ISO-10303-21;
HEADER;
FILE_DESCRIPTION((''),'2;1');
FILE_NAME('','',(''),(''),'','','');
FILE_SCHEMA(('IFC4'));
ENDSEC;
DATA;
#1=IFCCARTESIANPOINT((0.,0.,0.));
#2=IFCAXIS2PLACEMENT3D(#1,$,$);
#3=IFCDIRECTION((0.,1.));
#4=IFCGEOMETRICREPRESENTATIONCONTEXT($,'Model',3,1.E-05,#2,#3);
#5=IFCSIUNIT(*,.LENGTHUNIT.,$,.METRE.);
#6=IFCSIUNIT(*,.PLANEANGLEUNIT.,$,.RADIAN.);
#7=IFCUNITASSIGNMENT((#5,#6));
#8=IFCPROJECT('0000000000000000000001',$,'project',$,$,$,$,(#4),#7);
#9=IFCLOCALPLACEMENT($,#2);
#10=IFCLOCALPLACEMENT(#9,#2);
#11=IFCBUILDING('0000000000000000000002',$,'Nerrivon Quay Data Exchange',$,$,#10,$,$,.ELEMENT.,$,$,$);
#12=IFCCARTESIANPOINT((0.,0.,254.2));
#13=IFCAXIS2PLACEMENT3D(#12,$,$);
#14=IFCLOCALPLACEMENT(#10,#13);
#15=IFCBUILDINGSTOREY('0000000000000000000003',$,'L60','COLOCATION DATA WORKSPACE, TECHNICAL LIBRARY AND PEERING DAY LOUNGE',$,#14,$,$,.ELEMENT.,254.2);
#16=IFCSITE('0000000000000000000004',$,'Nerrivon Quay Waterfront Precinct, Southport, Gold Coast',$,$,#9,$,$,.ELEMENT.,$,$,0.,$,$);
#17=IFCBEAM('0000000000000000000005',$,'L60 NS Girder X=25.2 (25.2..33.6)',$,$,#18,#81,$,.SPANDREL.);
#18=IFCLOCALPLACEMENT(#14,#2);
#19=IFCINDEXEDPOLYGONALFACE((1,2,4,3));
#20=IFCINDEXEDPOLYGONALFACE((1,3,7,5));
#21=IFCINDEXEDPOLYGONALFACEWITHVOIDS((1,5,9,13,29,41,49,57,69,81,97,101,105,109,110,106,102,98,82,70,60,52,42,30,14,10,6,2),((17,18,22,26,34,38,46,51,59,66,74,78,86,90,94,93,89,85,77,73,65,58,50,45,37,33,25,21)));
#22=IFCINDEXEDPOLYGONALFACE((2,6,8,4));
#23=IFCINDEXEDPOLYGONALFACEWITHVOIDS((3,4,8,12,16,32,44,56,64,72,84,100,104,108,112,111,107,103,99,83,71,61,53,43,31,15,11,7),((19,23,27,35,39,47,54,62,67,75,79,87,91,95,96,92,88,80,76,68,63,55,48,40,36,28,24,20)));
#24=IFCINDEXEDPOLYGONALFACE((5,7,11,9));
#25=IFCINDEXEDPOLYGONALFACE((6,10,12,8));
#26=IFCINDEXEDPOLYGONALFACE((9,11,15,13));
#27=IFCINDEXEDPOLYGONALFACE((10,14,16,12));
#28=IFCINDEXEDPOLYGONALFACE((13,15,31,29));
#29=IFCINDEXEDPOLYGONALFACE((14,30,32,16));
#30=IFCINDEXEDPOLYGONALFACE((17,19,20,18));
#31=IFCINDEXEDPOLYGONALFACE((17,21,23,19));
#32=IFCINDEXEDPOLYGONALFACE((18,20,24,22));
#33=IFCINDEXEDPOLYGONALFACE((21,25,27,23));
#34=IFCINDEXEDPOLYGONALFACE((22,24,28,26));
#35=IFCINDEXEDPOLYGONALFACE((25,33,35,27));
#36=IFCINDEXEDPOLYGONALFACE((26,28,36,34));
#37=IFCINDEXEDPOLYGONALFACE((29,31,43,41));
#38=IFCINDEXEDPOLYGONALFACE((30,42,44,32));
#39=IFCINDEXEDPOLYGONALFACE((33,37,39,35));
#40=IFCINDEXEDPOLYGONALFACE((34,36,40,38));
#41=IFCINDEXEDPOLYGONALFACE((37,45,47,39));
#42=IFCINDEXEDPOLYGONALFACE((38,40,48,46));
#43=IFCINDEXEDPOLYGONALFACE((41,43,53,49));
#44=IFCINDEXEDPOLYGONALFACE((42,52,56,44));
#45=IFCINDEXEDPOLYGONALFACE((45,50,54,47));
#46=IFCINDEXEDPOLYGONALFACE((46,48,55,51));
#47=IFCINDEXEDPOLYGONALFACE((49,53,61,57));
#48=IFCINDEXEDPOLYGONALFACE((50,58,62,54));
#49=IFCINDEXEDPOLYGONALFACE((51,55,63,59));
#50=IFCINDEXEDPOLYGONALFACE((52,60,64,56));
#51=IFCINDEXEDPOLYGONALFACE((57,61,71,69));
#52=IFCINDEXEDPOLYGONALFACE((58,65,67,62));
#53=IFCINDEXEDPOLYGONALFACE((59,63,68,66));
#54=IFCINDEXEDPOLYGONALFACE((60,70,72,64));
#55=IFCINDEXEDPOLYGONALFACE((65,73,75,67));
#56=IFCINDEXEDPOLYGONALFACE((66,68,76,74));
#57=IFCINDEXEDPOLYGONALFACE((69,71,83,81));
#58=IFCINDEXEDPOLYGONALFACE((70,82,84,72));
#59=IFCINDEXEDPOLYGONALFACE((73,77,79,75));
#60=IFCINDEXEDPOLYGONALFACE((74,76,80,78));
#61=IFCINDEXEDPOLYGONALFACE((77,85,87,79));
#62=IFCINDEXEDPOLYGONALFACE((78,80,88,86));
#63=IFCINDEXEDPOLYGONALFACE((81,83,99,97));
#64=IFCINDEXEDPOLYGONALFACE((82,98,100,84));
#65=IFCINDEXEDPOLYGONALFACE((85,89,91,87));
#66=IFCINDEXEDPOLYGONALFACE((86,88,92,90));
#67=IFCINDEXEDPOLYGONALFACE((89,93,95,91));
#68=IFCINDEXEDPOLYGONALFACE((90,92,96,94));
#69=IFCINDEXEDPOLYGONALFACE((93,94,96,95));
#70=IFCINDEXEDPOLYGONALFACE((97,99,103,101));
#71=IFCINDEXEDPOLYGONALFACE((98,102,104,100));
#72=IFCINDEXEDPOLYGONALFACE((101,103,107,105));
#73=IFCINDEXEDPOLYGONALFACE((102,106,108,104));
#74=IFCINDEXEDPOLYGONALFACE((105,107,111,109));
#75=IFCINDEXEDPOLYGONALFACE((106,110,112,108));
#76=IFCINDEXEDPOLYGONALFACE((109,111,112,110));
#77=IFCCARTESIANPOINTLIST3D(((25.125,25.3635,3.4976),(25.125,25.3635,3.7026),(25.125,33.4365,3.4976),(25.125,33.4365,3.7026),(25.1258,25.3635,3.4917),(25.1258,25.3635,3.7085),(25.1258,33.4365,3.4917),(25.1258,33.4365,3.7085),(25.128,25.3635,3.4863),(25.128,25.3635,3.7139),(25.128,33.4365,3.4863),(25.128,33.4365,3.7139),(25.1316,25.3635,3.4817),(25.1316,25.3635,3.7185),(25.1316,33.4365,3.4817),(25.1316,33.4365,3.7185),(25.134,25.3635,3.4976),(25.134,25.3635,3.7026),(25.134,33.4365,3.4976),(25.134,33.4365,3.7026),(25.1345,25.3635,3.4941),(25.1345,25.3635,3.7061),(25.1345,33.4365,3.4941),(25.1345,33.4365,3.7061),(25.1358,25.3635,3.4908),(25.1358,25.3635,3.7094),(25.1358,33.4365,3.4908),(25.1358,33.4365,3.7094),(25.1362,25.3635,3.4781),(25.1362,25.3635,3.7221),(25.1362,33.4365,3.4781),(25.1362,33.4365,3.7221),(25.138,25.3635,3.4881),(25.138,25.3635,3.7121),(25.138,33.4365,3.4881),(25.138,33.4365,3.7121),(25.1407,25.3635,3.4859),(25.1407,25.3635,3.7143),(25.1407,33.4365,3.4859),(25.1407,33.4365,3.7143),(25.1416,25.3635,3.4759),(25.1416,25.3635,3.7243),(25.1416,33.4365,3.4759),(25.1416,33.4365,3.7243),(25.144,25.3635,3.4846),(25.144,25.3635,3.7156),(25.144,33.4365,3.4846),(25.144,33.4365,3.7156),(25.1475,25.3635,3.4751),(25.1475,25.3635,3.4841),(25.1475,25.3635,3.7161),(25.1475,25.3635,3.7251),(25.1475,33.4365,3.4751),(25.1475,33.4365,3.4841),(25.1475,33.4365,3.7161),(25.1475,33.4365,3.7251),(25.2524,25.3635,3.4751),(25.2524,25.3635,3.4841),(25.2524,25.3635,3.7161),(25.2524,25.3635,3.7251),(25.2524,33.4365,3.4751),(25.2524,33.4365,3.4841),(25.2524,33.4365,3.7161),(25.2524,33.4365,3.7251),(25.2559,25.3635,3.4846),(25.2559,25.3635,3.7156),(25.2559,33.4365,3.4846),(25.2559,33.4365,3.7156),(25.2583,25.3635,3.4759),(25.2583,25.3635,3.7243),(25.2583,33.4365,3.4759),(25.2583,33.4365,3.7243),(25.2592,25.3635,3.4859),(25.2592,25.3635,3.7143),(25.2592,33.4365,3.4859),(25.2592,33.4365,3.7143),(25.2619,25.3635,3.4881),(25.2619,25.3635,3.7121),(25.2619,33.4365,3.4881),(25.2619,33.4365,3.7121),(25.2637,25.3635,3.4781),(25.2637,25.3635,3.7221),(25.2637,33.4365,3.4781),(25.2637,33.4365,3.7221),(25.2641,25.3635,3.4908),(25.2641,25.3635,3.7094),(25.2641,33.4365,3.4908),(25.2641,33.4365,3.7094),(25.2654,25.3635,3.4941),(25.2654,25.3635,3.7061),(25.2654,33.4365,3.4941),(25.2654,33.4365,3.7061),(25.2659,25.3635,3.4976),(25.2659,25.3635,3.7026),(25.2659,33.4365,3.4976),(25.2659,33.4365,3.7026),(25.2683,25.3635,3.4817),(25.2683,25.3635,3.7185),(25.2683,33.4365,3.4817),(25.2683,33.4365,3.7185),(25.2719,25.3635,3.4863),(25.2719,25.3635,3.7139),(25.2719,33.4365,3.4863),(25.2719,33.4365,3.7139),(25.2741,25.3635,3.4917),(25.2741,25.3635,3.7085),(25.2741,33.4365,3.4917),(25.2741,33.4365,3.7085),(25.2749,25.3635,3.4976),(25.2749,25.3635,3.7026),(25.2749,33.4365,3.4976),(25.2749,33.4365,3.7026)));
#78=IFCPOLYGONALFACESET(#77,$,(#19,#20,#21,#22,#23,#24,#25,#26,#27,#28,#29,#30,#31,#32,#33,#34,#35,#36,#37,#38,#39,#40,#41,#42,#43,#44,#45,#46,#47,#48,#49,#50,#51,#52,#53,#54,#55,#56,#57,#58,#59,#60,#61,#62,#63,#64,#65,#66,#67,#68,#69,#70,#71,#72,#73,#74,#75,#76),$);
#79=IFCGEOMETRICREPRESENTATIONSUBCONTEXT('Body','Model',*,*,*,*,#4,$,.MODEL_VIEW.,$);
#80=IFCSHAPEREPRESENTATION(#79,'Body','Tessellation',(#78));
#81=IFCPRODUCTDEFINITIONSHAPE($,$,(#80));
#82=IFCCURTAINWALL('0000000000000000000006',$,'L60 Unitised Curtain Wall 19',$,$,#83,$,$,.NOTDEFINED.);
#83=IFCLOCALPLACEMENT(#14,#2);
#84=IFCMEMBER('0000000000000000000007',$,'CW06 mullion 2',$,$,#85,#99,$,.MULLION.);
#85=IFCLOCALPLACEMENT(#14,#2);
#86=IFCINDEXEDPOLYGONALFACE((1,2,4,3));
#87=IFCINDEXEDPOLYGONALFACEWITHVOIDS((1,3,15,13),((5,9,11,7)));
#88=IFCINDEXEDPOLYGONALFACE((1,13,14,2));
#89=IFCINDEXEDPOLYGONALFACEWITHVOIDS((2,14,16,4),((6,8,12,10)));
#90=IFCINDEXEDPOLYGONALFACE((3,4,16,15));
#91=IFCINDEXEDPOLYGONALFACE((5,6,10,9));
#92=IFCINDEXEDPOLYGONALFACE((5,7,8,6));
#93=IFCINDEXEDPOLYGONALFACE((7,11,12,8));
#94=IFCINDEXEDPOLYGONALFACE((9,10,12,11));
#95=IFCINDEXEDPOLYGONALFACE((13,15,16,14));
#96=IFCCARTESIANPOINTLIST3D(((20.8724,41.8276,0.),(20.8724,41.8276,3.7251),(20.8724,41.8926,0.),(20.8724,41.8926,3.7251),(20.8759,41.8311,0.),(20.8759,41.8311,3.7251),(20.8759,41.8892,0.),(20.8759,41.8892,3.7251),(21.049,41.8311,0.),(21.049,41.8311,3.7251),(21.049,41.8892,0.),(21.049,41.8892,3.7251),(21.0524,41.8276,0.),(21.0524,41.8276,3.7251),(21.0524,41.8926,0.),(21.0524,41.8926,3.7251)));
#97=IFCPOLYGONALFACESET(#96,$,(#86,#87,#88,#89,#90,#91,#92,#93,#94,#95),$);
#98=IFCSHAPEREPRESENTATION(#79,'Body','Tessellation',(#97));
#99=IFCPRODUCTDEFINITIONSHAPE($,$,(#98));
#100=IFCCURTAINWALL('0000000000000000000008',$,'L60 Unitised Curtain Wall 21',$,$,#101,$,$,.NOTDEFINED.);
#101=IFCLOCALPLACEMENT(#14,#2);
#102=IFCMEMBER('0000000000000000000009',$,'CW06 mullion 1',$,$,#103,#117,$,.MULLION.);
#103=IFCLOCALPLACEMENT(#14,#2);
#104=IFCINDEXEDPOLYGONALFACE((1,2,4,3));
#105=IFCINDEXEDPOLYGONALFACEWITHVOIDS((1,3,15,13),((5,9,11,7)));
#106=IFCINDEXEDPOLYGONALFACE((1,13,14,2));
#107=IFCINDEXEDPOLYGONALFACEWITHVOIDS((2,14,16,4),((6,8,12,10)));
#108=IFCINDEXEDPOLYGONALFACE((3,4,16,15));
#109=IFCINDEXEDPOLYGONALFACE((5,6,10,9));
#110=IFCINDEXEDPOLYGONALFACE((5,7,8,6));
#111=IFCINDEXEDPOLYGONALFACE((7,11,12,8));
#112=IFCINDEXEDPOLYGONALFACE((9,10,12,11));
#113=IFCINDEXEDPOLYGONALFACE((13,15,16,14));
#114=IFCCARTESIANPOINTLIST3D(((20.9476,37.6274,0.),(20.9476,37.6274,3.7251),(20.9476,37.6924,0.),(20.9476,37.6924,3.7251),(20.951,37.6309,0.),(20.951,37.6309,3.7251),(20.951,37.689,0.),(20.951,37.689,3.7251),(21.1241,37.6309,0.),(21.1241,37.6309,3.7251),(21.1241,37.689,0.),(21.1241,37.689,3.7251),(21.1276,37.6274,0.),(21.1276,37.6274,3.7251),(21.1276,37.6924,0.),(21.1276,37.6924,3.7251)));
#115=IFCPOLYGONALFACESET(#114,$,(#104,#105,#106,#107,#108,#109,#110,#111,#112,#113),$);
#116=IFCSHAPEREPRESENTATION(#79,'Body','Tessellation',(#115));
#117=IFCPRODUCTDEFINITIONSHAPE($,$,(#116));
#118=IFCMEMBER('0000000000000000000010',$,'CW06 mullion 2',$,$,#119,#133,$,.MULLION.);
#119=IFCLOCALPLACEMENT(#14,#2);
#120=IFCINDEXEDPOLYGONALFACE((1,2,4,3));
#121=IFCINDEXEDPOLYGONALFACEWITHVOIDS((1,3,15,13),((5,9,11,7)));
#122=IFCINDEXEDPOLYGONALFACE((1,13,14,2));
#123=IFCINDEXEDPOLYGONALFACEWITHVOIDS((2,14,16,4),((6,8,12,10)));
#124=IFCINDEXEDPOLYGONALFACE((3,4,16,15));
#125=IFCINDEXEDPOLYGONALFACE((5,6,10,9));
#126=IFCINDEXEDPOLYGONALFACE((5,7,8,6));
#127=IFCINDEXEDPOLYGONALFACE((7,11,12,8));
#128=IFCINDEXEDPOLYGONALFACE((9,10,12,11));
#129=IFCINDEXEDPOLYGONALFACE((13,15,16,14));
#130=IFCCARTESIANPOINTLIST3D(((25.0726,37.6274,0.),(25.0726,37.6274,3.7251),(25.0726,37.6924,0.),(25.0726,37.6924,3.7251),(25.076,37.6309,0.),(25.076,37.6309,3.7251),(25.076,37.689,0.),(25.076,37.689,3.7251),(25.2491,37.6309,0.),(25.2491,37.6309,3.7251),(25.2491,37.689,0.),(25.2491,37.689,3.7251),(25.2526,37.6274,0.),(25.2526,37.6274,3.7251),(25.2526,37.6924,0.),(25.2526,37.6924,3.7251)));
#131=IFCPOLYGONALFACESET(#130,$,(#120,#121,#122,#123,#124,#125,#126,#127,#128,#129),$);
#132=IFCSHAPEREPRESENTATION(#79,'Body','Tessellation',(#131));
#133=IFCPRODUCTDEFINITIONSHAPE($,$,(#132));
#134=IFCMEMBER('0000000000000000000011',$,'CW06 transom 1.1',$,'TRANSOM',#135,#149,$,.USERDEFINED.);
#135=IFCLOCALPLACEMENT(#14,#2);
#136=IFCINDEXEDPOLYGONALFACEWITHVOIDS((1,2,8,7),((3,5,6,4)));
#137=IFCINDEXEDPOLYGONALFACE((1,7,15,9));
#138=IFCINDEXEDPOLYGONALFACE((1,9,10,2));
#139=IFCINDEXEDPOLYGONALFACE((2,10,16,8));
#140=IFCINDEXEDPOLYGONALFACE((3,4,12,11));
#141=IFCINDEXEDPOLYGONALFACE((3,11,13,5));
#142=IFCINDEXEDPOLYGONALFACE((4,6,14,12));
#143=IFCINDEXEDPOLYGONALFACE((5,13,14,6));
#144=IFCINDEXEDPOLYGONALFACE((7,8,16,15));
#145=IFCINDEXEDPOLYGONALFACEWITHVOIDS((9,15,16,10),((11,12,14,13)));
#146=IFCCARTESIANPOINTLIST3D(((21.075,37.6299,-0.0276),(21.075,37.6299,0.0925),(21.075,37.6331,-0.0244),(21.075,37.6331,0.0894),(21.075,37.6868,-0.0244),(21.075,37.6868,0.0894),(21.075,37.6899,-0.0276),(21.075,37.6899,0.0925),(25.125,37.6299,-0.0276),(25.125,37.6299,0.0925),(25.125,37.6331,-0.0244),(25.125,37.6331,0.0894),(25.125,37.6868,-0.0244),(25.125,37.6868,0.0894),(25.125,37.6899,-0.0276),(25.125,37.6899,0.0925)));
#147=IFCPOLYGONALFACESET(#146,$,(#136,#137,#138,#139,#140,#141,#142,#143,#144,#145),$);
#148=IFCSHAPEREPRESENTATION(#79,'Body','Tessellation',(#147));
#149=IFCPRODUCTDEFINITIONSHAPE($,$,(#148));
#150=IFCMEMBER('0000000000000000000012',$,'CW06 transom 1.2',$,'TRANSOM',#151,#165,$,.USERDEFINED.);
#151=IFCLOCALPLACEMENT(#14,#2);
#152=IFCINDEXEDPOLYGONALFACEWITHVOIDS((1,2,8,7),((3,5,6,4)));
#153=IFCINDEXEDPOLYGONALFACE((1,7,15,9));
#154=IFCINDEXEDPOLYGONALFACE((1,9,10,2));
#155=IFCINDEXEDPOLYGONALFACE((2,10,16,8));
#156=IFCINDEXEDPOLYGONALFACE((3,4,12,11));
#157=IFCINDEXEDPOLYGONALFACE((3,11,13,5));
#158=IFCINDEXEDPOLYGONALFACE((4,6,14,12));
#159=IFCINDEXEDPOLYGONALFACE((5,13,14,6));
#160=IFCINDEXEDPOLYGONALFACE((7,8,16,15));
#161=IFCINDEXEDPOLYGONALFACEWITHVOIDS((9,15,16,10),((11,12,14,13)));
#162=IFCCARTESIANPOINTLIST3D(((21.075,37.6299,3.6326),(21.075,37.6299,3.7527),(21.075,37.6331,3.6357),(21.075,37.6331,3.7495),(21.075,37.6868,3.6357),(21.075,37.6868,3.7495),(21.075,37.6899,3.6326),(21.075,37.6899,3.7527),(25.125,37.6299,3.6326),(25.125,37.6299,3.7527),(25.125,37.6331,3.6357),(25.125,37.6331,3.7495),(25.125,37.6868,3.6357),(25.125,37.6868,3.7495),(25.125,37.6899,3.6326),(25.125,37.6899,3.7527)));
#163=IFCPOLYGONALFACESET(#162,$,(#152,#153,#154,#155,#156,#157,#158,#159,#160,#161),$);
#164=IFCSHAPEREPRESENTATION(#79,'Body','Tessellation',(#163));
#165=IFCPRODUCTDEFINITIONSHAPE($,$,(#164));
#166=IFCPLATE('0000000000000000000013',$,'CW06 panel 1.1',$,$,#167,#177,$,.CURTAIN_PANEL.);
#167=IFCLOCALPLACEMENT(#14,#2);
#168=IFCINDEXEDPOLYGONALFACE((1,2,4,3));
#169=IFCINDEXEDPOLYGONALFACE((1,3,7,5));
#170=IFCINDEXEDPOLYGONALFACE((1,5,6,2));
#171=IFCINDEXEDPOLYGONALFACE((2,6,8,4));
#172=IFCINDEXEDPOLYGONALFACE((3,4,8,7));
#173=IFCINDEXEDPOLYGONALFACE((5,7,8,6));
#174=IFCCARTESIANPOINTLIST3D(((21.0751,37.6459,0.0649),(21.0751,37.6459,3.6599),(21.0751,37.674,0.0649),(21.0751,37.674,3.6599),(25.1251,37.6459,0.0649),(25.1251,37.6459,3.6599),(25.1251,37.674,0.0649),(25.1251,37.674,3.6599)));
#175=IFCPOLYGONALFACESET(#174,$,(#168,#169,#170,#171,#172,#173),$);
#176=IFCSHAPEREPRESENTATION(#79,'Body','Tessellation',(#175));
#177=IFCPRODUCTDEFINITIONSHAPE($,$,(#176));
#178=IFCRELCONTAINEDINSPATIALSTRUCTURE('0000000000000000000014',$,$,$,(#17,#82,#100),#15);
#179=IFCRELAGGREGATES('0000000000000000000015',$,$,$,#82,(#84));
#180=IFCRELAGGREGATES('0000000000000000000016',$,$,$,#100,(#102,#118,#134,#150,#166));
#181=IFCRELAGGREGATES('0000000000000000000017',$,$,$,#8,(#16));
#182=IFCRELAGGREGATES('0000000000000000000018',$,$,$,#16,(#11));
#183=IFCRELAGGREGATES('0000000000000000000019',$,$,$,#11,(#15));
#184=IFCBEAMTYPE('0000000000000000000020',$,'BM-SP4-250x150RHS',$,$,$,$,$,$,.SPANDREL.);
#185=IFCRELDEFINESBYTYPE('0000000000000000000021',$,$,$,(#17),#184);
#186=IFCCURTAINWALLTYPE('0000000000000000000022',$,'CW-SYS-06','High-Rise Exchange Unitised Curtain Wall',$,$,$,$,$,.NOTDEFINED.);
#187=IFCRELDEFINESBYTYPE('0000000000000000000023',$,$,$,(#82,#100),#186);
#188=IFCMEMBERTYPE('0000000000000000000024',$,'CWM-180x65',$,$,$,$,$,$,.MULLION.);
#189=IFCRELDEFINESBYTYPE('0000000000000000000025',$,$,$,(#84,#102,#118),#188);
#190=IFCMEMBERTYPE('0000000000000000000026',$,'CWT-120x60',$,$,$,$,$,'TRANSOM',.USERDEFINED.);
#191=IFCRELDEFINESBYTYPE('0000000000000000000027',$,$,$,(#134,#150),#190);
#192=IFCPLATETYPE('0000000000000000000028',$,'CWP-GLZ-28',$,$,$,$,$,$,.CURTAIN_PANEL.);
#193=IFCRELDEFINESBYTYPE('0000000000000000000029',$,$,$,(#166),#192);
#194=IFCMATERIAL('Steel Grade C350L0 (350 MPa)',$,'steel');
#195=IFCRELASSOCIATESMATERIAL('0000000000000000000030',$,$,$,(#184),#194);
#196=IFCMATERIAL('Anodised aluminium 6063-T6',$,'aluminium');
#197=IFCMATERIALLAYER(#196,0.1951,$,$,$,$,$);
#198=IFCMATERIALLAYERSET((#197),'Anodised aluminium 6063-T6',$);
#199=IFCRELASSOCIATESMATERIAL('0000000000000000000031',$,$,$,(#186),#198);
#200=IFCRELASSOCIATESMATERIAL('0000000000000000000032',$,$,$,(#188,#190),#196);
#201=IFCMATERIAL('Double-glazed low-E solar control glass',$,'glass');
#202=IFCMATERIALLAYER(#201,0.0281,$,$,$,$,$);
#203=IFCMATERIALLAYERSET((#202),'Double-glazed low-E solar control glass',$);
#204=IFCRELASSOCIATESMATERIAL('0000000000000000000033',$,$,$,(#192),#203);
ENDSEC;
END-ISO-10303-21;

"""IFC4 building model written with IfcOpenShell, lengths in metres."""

from ifc_helpers import new_model, si_unit, direction, frame, origin, origin_2d, place, context, subcontext, project, spatial, rectangle, hollow_rectangle, extrude, material, layer, layer_set, material_profile, profile_set, type_object, element, aggregate, save


model = new_model("IFC4")

# Units and contexts
model_context = context("Model", 3, precision=1e-05, world=origin(), true_north=direction((0.0, 1.0)))
body_context = subcontext(model_context, "Body", "Model", "MODEL_VIEW")
ifc_project = project(units=[si_unit("LENGTHUNIT", "METRE"), si_unit("PLANEANGLEUNIT", "RADIAN")], contexts=[model_context])

# Site, building, storey
site_placement = place(None, origin())
site = spatial("IfcSite", under=ifc_project, at=site_placement, Name="Nerrivon Quay Waterfront Precinct, Southport, Gold Coast", CompositionType="ELEMENT", RefElevation=0.0)
building_placement = place(site_placement, origin())
building = spatial("IfcBuilding", under=site, at=building_placement, Name="Nerrivon Quay Data Exchange", CompositionType="ELEMENT")
storey_placement = place(building_placement, frame((0.0, 0.0, 254.2)))
storey = spatial("IfcBuildingStorey", under=building, at=storey_placement, Name="L60", Description="COLOCATION DATA WORKSPACE, TECHNICAL LIBRARY AND PEERING DAY LOUNGE", CompositionType="ELEMENT", Elevation=254.2)

# Beam
ifc_material_1 = material(Name="Steel Grade C350L0 (350 MPa)", Category="steel")
ifc_material_profile_1 = material_profile(ifc_material_1, hollow_rectangle(XDim=0.1499, YDim=0.25, WallThickness=0.009, InnerFilletRadius=0.0134, OuterFilletRadius=0.0225, at=origin_2d()), Name="250x150x9.0RHS")
ifc_profile_set_1 = profile_set([ifc_material_profile_1], Name="Steel Grade C350L0 (350 MPa)")
beam_type_1 = type_object("IfcBeamType", Name="BM-SP4-250x150RHS", PredefinedType="SPANDREL", material=ifc_profile_set_1)
beam_1_placement = place(storey_placement, frame((25.2, 25.3635, 3.6001), z_axis=(0.0, 1.0, 0.0), x_axis=(-1.0, 0.0, 0.0)))
element("IfcBeam", 1, at=beam_1_placement, inside=storey, type_object=beam_type_1, Name="L60 NS Girder X=25.2 (25.2..33.6)", PredefinedType="SPANDREL", context=body_context, shape_type="SweptSolid", body=[
    extrude(hollow_rectangle(XDim=0.1499, YDim=0.25, WallThickness=0.009, InnerFilletRadius=0.0134, OuterFilletRadius=0.0225, at=origin_2d()), origin(), (0.0, 0.0, 1.0), 8.073),
])

# Curtain wall, member
ifc_material_2 = material(Name="Anodised aluminium 6063-T6", Category="aluminium")
ifc_layer_1 = layer(ifc_material_2, 0.1951)
ifc_layer_set_1 = layer_set([ifc_layer_1], Name="Anodised aluminium 6063-T6")
curtain_wall_type = type_object("IfcCurtainWallType", Name="CW-SYS-06", Description="High-Rise Exchange Unitised Curtain Wall", PredefinedType="NOTDEFINED", material=ifc_layer_set_1)
curtain_wall_1_placement = place(storey_placement, origin())
curtain_wall_1 = element("IfcCurtainWall", 2, at=curtain_wall_1_placement, inside=storey, type_object=curtain_wall_type, Name="L60 Unitised Curtain Wall 19", PredefinedType="NOTDEFINED")
ifc_material_profile_2 = material_profile(ifc_material_2, hollow_rectangle(XDim=0.0649, YDim=0.1799, WallThickness=0.0034, at=origin_2d()), Name="ALU-MULL-180x65")
ifc_profile_set_2 = profile_set([ifc_material_profile_2], Name="Anodised aluminium 6063-T6")
member_type_1 = type_object("IfcMemberType", Name="CWM-180x65", PredefinedType="MULLION", material=ifc_profile_set_2)
member_1_placement = place(storey_placement, frame((20.9624, 41.8601, 0.0), z_axis=(0.0, 0.0, 1.0), x_axis=(0.0, 1.0, 0.0)))
member_1 = element("IfcMember", 3, at=member_1_placement, type_object=member_type_1, Name="CW06 mullion 2", PredefinedType="MULLION", context=body_context, shape_type="SweptSolid", body=[
    extrude(hollow_rectangle(XDim=0.0649, YDim=0.1799, WallThickness=0.0034, at=origin_2d()), origin(), (0.0, 0.0, 1.0), 3.7251),
])
aggregate(curtain_wall_1, [member_1])

# Curtain wall, members, plate
curtain_wall_2_placement = place(storey_placement, origin())
curtain_wall_2 = element("IfcCurtainWall", 4, at=curtain_wall_2_placement, inside=storey, type_object=curtain_wall_type, Name="L60 Unitised Curtain Wall 21", PredefinedType="NOTDEFINED")
member_2_placement = place(storey_placement, frame((21.0376, 37.6599, 0.0), z_axis=(0.0, 0.0, 1.0), x_axis=(0.0, 1.0, 0.0)))
member_2 = element("IfcMember", 5, at=member_2_placement, type_object=member_type_1, Name="CW06 mullion 1", PredefinedType="MULLION", context=body_context, shape_type="SweptSolid", body=[
    extrude(hollow_rectangle(XDim=0.0649, YDim=0.1799, WallThickness=0.0034, at=origin_2d()), origin(), (0.0, 0.0, 1.0), 3.7251),
])
member_3_placement = place(storey_placement, frame((25.1626, 37.6599, 0.0), z_axis=(0.0, 0.0, 1.0), x_axis=(0.0, 1.0, 0.0)))
member_3 = element("IfcMember", 6, at=member_3_placement, type_object=member_type_1, Name="CW06 mullion 2", PredefinedType="MULLION", context=body_context, shape_type="SweptSolid", body=[
    extrude(hollow_rectangle(XDim=0.0649, YDim=0.1799, WallThickness=0.0034, at=origin_2d()), origin(), (0.0, 0.0, 1.0), 3.7251),
])
ifc_material_profile_3 = material_profile(ifc_material_2, hollow_rectangle(XDim=0.0601, YDim=0.1201, WallThickness=0.0032, at=origin_2d()), Name="ALU-TRAN-120x60")
ifc_profile_set_3 = profile_set([ifc_material_profile_3], Name="Anodised aluminium 6063-T6")
member_type_2 = type_object("IfcMemberType", Name="CWT-120x60", ElementType="TRANSOM", PredefinedType="USERDEFINED", material=ifc_profile_set_3)
member_4_placement = place(storey_placement, frame((21.075, 37.6599, 0.0325), z_axis=(1.0, 0.0, 0.0), x_axis=(0.0, 1.0, 0.0)))
member_4 = element("IfcMember", 7, at=member_4_placement, type_object=member_type_2, Name="CW06 transom 1.1", ObjectType="TRANSOM", PredefinedType="USERDEFINED", context=body_context, shape_type="SweptSolid", body=[
    extrude(hollow_rectangle(XDim=0.0601, YDim=0.1201, WallThickness=0.0032, at=origin_2d()), origin(), (0.0, 0.0, 1.0), 4.05),
])
member_5_placement = place(storey_placement, frame((21.075, 37.6599, 3.6926), z_axis=(1.0, 0.0, 0.0), x_axis=(0.0, 1.0, 0.0)))
member_5 = element("IfcMember", 8, at=member_5_placement, type_object=member_type_2, Name="CW06 transom 1.2", ObjectType="TRANSOM", PredefinedType="USERDEFINED", context=body_context, shape_type="SweptSolid", body=[
    extrude(hollow_rectangle(XDim=0.0601, YDim=0.1201, WallThickness=0.0032, at=origin_2d()), origin(), (0.0, 0.0, 1.0), 4.05),
])
ifc_material_3 = material(Name="Double-glazed low-E solar control glass", Category="glass")
ifc_layer_2 = layer(ifc_material_3, 0.0281)
ifc_layer_set_2 = layer_set([ifc_layer_2], Name="Double-glazed low-E solar control glass")
plate_type = type_object("IfcPlateType", Name="CWP-GLZ-28", PredefinedType="CURTAIN_PANEL", material=ifc_layer_set_2)
plate_placement = place(storey_placement, frame((23.1001, 37.6599, 0.0649), z_axis=(0.0, 0.0, 1.0), x_axis=(1.0, 0.0, 0.0)))
plate = element("IfcPlate", 9, at=plate_placement, type_object=plate_type, Name="CW06 panel 1.1", PredefinedType="CURTAIN_PANEL", context=body_context, shape_type="SweptSolid", body=[
    extrude(rectangle(XDim=4.05, YDim=0.0281, at=origin_2d()), origin(), (0.0, 0.0, 1.0), 3.595),
])
aggregate(curtain_wall_2, [member_2, member_3, member_4, member_5, plate])

save(model, "model.ifc")
